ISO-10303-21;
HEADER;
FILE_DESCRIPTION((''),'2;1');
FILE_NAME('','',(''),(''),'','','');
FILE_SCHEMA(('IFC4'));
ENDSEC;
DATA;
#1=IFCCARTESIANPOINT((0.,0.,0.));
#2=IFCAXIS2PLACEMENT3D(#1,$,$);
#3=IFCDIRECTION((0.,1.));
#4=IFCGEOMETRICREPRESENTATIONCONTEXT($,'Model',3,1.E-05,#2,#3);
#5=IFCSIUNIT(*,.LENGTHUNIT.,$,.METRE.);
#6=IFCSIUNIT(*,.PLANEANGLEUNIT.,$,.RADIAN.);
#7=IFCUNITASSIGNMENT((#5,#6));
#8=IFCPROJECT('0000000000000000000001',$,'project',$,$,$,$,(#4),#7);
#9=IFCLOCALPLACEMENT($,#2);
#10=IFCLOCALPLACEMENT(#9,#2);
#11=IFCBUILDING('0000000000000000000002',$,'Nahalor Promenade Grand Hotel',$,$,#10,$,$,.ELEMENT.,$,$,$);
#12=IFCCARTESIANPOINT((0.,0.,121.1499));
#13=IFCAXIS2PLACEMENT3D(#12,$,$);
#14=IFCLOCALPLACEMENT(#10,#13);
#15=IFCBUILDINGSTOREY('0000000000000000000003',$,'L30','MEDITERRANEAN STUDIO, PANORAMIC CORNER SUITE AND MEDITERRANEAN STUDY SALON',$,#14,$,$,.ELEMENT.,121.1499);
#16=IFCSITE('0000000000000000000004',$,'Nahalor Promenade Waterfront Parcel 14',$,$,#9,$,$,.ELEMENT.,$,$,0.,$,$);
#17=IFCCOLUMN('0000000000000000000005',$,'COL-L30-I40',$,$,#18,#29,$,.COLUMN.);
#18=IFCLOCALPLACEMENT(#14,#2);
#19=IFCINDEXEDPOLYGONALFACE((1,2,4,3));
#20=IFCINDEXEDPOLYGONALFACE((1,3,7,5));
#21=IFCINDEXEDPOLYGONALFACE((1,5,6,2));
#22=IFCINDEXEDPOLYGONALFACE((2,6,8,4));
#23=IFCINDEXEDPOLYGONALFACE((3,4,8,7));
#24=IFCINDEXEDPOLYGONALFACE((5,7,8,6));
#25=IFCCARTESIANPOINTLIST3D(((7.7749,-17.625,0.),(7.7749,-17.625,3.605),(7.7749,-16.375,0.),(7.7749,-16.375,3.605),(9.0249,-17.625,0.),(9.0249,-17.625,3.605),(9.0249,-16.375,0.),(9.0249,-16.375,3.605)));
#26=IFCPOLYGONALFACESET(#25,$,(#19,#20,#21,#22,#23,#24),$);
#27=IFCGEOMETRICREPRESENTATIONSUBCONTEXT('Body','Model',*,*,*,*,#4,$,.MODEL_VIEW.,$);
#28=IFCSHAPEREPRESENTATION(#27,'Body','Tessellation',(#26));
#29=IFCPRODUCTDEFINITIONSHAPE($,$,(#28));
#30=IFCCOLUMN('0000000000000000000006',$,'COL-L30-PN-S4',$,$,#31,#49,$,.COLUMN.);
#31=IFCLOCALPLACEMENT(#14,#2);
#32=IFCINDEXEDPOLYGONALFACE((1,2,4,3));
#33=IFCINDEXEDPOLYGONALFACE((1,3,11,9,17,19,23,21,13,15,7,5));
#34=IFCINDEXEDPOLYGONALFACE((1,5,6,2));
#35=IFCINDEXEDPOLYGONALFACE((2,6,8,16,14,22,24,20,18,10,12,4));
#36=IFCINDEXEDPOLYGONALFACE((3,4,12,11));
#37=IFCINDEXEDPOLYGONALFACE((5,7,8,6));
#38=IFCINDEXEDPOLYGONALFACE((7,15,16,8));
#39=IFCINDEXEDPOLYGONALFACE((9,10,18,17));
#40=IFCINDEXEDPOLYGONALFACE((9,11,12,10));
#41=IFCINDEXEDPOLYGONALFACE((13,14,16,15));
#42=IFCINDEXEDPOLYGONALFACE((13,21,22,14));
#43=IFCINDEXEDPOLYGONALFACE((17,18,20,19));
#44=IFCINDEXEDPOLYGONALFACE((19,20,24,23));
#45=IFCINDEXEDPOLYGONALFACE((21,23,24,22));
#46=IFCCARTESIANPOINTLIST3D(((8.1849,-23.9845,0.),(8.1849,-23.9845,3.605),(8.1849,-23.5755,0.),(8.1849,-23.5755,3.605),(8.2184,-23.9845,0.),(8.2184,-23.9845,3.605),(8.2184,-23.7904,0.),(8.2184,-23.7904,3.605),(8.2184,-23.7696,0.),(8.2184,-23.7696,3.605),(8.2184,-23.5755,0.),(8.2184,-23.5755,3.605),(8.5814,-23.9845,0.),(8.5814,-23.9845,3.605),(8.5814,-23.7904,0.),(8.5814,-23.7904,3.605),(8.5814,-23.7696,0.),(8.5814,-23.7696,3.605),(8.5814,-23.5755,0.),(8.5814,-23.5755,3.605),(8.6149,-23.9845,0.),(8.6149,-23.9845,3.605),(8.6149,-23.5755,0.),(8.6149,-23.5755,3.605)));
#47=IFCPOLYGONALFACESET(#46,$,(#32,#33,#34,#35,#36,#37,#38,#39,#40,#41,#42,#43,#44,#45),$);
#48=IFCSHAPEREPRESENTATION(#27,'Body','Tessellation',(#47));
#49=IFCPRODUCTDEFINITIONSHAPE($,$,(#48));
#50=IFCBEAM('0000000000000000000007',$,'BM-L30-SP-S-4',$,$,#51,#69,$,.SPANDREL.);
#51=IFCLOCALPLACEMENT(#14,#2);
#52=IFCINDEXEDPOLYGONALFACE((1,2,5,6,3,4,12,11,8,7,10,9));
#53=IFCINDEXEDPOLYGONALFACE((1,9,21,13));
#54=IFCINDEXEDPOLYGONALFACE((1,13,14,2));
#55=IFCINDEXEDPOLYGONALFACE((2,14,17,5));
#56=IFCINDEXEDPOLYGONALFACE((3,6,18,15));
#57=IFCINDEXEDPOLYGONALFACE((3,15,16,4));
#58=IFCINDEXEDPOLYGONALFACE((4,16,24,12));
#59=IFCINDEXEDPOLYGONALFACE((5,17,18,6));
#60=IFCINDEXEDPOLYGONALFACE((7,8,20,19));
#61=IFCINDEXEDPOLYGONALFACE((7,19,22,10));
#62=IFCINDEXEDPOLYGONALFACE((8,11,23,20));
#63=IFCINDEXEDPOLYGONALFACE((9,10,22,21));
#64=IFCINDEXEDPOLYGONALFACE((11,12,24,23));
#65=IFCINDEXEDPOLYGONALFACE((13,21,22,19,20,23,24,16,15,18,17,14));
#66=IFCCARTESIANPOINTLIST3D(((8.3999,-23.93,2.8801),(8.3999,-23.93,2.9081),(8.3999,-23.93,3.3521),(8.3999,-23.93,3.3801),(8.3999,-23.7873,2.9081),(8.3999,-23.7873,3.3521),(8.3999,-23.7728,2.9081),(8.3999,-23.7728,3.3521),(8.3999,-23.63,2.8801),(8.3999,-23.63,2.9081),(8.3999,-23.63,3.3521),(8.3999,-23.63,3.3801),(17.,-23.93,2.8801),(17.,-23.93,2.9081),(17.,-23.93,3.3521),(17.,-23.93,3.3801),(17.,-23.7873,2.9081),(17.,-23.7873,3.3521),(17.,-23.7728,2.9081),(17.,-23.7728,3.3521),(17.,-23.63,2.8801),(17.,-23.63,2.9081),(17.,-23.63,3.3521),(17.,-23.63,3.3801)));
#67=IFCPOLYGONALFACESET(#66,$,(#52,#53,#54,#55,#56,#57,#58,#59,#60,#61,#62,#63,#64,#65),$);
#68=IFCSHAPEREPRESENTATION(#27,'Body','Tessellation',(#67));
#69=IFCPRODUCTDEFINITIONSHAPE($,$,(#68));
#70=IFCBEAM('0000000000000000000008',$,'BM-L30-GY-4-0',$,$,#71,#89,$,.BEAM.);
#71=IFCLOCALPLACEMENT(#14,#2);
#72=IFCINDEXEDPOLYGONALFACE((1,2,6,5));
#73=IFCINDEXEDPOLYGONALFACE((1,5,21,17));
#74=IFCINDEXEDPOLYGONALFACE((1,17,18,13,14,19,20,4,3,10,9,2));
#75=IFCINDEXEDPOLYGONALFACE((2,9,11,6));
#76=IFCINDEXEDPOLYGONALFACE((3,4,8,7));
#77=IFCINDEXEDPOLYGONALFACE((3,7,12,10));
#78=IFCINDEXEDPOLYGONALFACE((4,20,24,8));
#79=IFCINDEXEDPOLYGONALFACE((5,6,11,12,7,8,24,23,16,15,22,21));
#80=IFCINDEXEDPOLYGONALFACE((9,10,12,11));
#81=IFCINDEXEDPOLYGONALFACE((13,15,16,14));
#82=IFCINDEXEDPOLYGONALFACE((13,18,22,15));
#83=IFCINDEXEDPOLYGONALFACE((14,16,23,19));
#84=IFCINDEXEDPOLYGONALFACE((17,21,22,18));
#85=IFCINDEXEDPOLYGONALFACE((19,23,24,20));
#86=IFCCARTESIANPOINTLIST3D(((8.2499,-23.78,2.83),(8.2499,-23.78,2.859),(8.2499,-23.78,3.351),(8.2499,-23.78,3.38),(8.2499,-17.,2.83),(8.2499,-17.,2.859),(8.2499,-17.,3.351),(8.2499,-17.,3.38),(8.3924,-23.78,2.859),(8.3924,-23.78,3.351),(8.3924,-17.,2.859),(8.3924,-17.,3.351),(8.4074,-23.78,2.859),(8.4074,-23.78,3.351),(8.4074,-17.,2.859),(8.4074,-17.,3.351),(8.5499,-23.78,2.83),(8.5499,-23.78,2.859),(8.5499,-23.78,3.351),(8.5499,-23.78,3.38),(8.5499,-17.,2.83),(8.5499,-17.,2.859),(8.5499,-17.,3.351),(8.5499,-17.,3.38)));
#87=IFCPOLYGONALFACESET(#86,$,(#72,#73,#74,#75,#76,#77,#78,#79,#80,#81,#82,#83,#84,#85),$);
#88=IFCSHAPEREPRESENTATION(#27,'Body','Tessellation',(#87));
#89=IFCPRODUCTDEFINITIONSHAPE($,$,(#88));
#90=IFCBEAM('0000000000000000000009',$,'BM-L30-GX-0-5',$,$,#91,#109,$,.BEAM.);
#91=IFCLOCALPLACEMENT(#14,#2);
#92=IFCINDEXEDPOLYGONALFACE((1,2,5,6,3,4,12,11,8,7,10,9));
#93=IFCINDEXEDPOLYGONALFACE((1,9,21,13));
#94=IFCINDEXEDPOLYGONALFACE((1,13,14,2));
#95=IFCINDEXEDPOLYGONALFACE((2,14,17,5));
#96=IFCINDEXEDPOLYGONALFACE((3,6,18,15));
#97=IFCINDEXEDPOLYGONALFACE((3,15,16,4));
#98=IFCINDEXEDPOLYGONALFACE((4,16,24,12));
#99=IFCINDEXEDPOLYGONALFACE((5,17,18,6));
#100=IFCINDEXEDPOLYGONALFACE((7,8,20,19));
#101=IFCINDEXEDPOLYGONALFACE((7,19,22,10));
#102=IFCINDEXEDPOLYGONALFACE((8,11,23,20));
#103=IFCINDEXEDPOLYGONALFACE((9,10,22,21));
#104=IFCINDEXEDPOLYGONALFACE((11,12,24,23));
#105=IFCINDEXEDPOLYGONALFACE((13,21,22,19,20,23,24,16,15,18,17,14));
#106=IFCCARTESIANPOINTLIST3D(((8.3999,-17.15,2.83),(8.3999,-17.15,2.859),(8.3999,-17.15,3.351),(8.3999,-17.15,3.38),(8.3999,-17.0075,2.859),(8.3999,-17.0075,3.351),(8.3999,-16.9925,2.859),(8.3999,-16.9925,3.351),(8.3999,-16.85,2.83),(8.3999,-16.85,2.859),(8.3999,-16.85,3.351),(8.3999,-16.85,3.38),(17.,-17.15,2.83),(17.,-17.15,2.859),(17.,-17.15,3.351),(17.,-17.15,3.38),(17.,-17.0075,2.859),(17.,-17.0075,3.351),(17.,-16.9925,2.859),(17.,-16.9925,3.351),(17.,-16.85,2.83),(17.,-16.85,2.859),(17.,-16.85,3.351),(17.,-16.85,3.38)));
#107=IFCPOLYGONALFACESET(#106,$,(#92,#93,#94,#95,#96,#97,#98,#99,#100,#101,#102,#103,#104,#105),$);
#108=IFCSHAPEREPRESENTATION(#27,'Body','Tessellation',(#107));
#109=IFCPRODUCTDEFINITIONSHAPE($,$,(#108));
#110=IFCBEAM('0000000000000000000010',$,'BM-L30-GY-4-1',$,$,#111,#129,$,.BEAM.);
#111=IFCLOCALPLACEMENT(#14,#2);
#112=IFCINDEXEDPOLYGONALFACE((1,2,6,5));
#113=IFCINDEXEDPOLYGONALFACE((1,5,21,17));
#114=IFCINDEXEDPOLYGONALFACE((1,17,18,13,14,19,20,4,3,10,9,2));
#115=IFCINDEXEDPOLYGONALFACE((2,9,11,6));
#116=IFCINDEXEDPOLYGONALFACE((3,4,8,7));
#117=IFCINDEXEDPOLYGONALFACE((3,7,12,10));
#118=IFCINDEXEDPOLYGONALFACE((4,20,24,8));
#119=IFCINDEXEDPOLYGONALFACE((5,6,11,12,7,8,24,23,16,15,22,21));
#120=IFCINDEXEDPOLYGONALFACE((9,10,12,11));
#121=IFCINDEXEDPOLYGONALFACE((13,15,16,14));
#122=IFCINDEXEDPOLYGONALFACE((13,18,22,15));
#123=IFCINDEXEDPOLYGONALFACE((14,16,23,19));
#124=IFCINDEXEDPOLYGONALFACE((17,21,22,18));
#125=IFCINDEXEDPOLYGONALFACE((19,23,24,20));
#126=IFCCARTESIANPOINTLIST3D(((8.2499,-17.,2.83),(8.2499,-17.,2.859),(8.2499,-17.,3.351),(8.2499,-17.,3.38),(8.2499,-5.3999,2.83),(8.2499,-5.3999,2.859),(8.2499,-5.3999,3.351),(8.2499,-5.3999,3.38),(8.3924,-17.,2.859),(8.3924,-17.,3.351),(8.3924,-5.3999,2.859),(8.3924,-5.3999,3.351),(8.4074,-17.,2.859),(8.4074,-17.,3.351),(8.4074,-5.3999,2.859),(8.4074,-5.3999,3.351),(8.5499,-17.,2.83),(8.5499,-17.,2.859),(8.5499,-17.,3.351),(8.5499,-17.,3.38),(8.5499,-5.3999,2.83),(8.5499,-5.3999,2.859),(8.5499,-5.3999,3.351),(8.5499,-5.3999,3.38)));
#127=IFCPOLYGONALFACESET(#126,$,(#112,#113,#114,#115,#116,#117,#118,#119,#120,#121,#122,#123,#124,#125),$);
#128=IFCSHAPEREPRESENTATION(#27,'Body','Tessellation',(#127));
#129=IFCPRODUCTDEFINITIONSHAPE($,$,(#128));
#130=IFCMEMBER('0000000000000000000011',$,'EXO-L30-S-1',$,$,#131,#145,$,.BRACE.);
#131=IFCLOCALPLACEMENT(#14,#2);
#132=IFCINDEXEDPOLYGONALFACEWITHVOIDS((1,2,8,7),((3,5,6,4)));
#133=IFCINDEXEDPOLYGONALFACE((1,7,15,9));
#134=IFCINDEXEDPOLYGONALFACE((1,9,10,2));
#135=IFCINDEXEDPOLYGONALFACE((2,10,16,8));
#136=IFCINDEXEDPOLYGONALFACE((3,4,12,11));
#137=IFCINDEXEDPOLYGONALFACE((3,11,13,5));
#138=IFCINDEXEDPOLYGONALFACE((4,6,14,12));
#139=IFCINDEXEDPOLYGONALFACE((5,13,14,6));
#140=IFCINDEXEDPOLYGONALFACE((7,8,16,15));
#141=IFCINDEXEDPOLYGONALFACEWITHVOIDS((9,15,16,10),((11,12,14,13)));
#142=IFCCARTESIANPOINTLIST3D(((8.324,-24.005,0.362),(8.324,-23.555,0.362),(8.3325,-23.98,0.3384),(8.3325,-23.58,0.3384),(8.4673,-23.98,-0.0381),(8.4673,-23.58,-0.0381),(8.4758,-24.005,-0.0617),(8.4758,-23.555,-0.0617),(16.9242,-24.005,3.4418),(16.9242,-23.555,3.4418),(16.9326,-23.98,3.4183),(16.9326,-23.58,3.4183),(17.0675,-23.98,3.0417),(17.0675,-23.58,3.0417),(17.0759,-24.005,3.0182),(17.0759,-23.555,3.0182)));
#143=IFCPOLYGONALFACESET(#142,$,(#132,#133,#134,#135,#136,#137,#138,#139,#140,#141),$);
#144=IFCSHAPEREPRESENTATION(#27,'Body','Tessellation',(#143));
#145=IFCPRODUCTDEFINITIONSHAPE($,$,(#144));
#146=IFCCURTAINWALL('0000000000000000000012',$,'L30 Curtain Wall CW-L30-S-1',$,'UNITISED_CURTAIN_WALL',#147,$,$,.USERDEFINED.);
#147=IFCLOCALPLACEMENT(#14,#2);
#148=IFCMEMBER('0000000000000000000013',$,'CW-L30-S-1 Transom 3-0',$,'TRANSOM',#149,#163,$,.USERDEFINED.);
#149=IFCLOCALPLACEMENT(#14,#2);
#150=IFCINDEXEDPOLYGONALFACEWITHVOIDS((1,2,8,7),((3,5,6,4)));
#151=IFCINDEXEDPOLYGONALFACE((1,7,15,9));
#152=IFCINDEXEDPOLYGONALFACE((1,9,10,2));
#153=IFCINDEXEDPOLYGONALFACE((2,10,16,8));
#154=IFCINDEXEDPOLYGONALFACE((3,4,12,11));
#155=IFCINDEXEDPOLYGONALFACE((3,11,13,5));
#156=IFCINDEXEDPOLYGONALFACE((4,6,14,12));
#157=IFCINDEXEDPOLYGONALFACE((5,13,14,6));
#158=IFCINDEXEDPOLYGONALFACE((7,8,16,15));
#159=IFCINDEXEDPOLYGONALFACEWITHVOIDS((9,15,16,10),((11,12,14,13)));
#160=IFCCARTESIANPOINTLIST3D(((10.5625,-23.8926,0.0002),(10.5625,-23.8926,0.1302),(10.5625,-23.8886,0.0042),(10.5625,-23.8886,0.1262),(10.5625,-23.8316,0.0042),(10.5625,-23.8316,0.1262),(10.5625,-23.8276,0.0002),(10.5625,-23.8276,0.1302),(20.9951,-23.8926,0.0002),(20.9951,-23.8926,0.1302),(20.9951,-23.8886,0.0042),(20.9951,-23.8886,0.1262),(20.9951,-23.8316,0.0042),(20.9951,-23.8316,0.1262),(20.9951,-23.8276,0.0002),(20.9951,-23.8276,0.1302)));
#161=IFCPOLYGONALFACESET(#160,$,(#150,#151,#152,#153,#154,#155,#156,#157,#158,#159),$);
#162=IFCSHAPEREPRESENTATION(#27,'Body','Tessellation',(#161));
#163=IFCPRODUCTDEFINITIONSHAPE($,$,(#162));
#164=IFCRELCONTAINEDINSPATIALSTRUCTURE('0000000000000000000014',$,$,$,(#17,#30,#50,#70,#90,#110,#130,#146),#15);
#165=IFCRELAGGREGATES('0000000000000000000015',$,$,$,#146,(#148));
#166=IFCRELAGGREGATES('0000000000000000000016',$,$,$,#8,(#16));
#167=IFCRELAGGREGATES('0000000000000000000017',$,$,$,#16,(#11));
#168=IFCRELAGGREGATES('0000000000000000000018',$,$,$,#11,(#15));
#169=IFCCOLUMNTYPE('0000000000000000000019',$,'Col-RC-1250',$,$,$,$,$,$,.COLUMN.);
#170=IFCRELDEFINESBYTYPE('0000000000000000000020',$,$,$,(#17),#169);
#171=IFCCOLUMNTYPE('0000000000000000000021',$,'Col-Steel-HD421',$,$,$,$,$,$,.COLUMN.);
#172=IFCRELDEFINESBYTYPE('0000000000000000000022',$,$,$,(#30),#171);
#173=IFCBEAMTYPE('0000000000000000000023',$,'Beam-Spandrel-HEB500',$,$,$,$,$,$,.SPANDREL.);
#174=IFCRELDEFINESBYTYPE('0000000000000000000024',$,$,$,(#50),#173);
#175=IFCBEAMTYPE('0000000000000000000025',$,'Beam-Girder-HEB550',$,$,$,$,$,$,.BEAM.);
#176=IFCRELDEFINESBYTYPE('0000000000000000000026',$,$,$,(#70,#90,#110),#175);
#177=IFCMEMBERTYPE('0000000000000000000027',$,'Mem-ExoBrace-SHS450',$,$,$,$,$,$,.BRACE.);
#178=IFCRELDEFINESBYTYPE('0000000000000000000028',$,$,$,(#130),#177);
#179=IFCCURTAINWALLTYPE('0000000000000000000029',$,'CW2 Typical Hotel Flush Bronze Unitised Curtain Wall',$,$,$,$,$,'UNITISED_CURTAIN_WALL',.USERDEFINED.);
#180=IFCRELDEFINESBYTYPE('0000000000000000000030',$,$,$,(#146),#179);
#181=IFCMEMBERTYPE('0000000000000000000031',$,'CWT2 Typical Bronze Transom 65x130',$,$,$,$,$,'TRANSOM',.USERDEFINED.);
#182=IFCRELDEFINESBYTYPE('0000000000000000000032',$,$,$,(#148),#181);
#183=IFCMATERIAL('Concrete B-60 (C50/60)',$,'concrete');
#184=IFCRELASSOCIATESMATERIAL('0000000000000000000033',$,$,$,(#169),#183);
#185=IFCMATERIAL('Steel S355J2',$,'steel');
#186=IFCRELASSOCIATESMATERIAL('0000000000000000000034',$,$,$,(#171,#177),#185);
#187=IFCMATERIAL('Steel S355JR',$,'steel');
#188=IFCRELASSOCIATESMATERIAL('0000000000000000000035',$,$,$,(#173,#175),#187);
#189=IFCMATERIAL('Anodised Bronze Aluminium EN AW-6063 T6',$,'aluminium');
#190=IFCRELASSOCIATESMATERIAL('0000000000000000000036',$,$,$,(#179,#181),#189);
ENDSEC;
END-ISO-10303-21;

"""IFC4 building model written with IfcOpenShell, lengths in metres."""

from ifc_helpers import new_model, si_unit, direction, frame, origin, origin_2d, place, context, subcontext, project, spatial, rectangle, hollow_rectangle, i_section, extrude, source, transform, mapped, material, material_profile, profile_set, type_object, element, aggregate, save


model = new_model("IFC4")

# Units and contexts
model_context = context("Model", 3, precision=1e-05, world=origin(), true_north=direction((0.0, 1.0)))
body_context = subcontext(model_context, "Body", "Model", "MODEL_VIEW")
ifc_project = project(units=[si_unit("LENGTHUNIT", "METRE"), si_unit("PLANEANGLEUNIT", "RADIAN")], contexts=[model_context])

# Site, building, storey
site_placement = place(None, origin())
site = spatial("IfcSite", under=ifc_project, at=site_placement, Name="Nahalor Promenade Waterfront Parcel 14", CompositionType="ELEMENT", RefElevation=0.0)
building_placement = place(site_placement, origin())
building = spatial("IfcBuilding", under=site, at=building_placement, Name="Nahalor Promenade Grand Hotel", CompositionType="ELEMENT")
storey_placement = place(building_placement, frame((0.0, 0.0, 121.1499)))
storey = spatial("IfcBuildingStorey", under=building, at=storey_placement, Name="L30", Description="MEDITERRANEAN STUDIO, PANORAMIC CORNER SUITE AND MEDITERRANEAN STUDY SALON", CompositionType="ELEMENT", Elevation=121.1499)

# Columns
ifc_material_1 = material(Name="Concrete B-60 (C50/60)", Category="concrete")
ifc_material_profile_1 = material_profile(ifc_material_1, rectangle(XDim=1.25, YDim=1.25, at=origin_2d()), Name="RC 1250x1250")
ifc_profile_set_1 = profile_set([ifc_material_profile_1], Name="Concrete B-60 (C50/60)")
column_type_1 = type_object("IfcColumnType", Name="Col-RC-1250", PredefinedType="COLUMN", material=ifc_profile_set_1)
shared_shape_1 = source(origin(), body_context, "Body", "SweptSolid", [
    extrude(rectangle(XDim=1.25, YDim=1.25, at=origin_2d()), origin(), (0.0, 0.0, 1.0), 3.605),
])
column_1_placement = place(storey_placement, frame((8.3999, -17.0, 0.0), z_axis=(0.0, 0.0, 1.0), x_axis=(1.0, 0.0, 0.0)))
element("IfcColumn", 1, at=column_1_placement, inside=storey, type_object=column_type_1, Name="COL-L30-I40", PredefinedType="COLUMN", context=body_context, shape_type="MappedRepresentation", body=[
    mapped(shared_shape_1, transform((0.0, 0.0, 0.0), scale=1.0)),
])
ifc_material_2 = material(Name="Steel S355J2", Category="steel")
ifc_material_profile_2 = material_profile(ifc_material_2, i_section(OverallWidth=0.409, OverallDepth=0.43, WebThickness=0.0208, FlangeThickness=0.0335, at=origin_2d()), Name="HD 400x421")
ifc_profile_set_2 = profile_set([ifc_material_profile_2], Name="Steel S355J2")
column_type_2 = type_object("IfcColumnType", Name="Col-Steel-HD421", PredefinedType="COLUMN", material=ifc_profile_set_2)
shared_shape_2 = source(origin(), body_context, "Body", "SweptSolid", [
    extrude(i_section(OverallWidth=0.409, OverallDepth=0.43, WebThickness=0.0208, FlangeThickness=0.0335, at=origin_2d()), origin(), (0.0, 0.0, 1.0), 3.605),
])
column_2_placement = place(storey_placement, frame((8.3999, -23.78, 0.0), z_axis=(0.0, 0.0, 1.0), x_axis=(0.0, 1.0, 0.0)))
element("IfcColumn", 2, at=column_2_placement, inside=storey, type_object=column_type_2, Name="COL-L30-PN-S4", PredefinedType="COLUMN", context=body_context, shape_type="MappedRepresentation", body=[
    mapped(shared_shape_2, transform((0.0, 0.0, 0.0), scale=1.0)),
])

# Beams
ifc_material_3 = material(Name="Steel S355JR", Category="steel")
ifc_material_profile_3 = material_profile(ifc_material_3, i_section(OverallWidth=0.3, OverallDepth=0.5, WebThickness=0.0145, FlangeThickness=0.028, at=origin_2d()), Name="HEB 500")
ifc_profile_set_3 = profile_set([ifc_material_profile_3], Name="Steel S355JR")
beam_type_1 = type_object("IfcBeamType", Name="Beam-Spandrel-HEB500", PredefinedType="SPANDREL", material=ifc_profile_set_3)
shared_shape_3 = source(origin(), body_context, "Body", "SweptSolid", [
    extrude(i_section(OverallWidth=0.3, OverallDepth=0.5, WebThickness=0.0145, FlangeThickness=0.028, at=origin_2d()), origin(), (0.0, 0.0, 1.0), 8.6001),
])
beam_1_placement = place(storey_placement, frame((8.3999, -23.78, 3.1301), z_axis=(1.0, 0.0, 0.0), x_axis=(0.0, 1.0, 0.0)))
element("IfcBeam", 3, at=beam_1_placement, inside=storey, type_object=beam_type_1, Name="BM-L30-SP-S-4", PredefinedType="SPANDREL", context=body_context, shape_type="MappedRepresentation", body=[
    mapped(shared_shape_3, transform((0.0, 0.0, 0.0), scale=1.0)),
])
ifc_material_profile_4 = material_profile(ifc_material_3, i_section(OverallWidth=0.3, OverallDepth=0.55, WebThickness=0.015, FlangeThickness=0.029, at=origin_2d()), Name="HEB 550")
ifc_profile_set_4 = profile_set([ifc_material_profile_4], Name="Steel S355JR")
beam_type_2 = type_object("IfcBeamType", Name="Beam-Girder-HEB550", PredefinedType="BEAM", material=ifc_profile_set_4)
shared_shape_4 = source(origin(), body_context, "Body", "SweptSolid", [
    extrude(i_section(OverallWidth=0.3, OverallDepth=0.55, WebThickness=0.015, FlangeThickness=0.029, at=origin_2d()), origin(), (0.0, 0.0, 1.0), 6.78),
])
beam_2_placement = place(storey_placement, frame((8.3999, -23.78, 3.105), z_axis=(0.0, 1.0, 0.0), x_axis=(-1.0, 0.0, 0.0)))
element("IfcBeam", 4, at=beam_2_placement, inside=storey, type_object=beam_type_2, Name="BM-L30-GY-4-0", PredefinedType="BEAM", context=body_context, shape_type="MappedRepresentation", body=[
    mapped(shared_shape_4, transform((0.0, 0.0, 0.0), scale=1.0)),
])
shared_shape_5 = source(origin(), body_context, "Body", "SweptSolid", [
    extrude(i_section(OverallWidth=0.3, OverallDepth=0.55, WebThickness=0.015, FlangeThickness=0.029, at=origin_2d()), origin(), (0.0, 0.0, 1.0), 8.6001),
])
beam_3_placement = place(storey_placement, frame((8.3999, -17.0, 3.105), z_axis=(1.0, 0.0, 0.0), x_axis=(0.0, 1.0, 0.0)))
element("IfcBeam", 5, at=beam_3_placement, inside=storey, type_object=beam_type_2, Name="BM-L30-GX-0-5", PredefinedType="BEAM", context=body_context, shape_type="MappedRepresentation", body=[
    mapped(shared_shape_5, transform((0.0, 0.0, 0.0), scale=1.0)),
])
shared_shape_6 = source(origin(), body_context, "Body", "SweptSolid", [
    extrude(i_section(OverallWidth=0.3, OverallDepth=0.55, WebThickness=0.015, FlangeThickness=0.029, at=origin_2d()), origin(), (0.0, 0.0, 1.0), 11.6001),
])
beam_4_placement = place(storey_placement, frame((8.3999, -17.0, 3.105), z_axis=(0.0, 1.0, 0.0), x_axis=(-1.0, 0.0, 0.0)))
element("IfcBeam", 6, at=beam_4_placement, inside=storey, type_object=beam_type_2, Name="BM-L30-GY-4-1", PredefinedType="BEAM", context=body_context, shape_type="MappedRepresentation", body=[
    mapped(shared_shape_6, transform((0.0, 0.0, 0.0), scale=1.0)),
])

# Member
ifc_material_profile_5 = material_profile(ifc_material_2, hollow_rectangle(XDim=0.45, YDim=0.45, WallThickness=0.025, at=origin_2d()), Name="SHS 450x450x25")
ifc_profile_set_5 = profile_set([ifc_material_profile_5], Name="Steel S355J2")
member_type_1 = type_object("IfcMemberType", Name="Mem-ExoBrace-SHS450", PredefinedType="BRACE", material=ifc_profile_set_5)
shared_shape_7 = source(origin(), body_context, "Body", "SweptSolid", [
    extrude(hollow_rectangle(XDim=0.45, YDim=0.45, WallThickness=0.025, at=origin_2d()), origin(), (0.0, 0.0, 1.0), 9.135),
])
member_1_placement = place(storey_placement, frame((8.3999, -23.78, 0.1501), z_axis=(0.941451, 0.0, 0.337149), x_axis=(0.0, 1.0, 0.0)))
element("IfcMember", 7, at=member_1_placement, inside=storey, type_object=member_type_1, Name="EXO-L30-S-1", PredefinedType="BRACE", context=body_context, shape_type="MappedRepresentation", body=[
    mapped(shared_shape_7, transform((0.0, 0.0, 0.0), scale=1.0)),
])

# Curtain wall, member
ifc_material_4 = material(Name="Anodised Bronze Aluminium EN AW-6063 T6", Category="aluminium")
curtain_wall_type = type_object("IfcCurtainWallType", Name="CW2 Typical Hotel Flush Bronze Unitised Curtain Wall", ElementType="UNITISED_CURTAIN_WALL", PredefinedType="USERDEFINED", material=ifc_material_4)
curtain_wall_placement = place(storey_placement, origin())
curtain_wall = element("IfcCurtainWall", 8, at=curtain_wall_placement, inside=storey, type_object=curtain_wall_type, Name="L30 Curtain Wall CW-L30-S-1", ObjectType="UNITISED_CURTAIN_WALL", PredefinedType="USERDEFINED")
ifc_material_profile_6 = material_profile(ifc_material_4, hollow_rectangle(XDim=0.065, YDim=0.13, WallThickness=0.004, at=origin_2d()), Name="CWT 65x130x4")
ifc_profile_set_6 = profile_set([ifc_material_profile_6], Name="Anodised Bronze Aluminium EN AW-6063 T6")
member_type_2 = type_object("IfcMemberType", Name="CWT2 Typical Bronze Transom 65x130", ElementType="TRANSOM", PredefinedType="USERDEFINED", material=ifc_profile_set_6)
shared_shape_8 = source(origin(), body_context, "Body", "SweptSolid", [
    extrude(hollow_rectangle(XDim=0.065, YDim=0.13, WallThickness=0.004, at=origin_2d()), origin(), (0.0, 0.0, 1.0), 10.4326),
])
member_2_placement = place(storey_placement, frame((10.5625, -23.8601, 0.0652), z_axis=(1.0, 0.0, 0.0), x_axis=(0.0, 1.0, 0.0)))
member_2 = element("IfcMember", 9, at=member_2_placement, type_object=member_type_2, Name="CW-L30-S-1 Transom 3-0", ObjectType="TRANSOM", PredefinedType="USERDEFINED", context=body_context, shape_type="MappedRepresentation", body=[
    mapped(shared_shape_8, transform((0.0, 0.0, 0.0), scale=1.0)),
])
aggregate(curtain_wall, [member_2])

save(model, "model.ifc")
